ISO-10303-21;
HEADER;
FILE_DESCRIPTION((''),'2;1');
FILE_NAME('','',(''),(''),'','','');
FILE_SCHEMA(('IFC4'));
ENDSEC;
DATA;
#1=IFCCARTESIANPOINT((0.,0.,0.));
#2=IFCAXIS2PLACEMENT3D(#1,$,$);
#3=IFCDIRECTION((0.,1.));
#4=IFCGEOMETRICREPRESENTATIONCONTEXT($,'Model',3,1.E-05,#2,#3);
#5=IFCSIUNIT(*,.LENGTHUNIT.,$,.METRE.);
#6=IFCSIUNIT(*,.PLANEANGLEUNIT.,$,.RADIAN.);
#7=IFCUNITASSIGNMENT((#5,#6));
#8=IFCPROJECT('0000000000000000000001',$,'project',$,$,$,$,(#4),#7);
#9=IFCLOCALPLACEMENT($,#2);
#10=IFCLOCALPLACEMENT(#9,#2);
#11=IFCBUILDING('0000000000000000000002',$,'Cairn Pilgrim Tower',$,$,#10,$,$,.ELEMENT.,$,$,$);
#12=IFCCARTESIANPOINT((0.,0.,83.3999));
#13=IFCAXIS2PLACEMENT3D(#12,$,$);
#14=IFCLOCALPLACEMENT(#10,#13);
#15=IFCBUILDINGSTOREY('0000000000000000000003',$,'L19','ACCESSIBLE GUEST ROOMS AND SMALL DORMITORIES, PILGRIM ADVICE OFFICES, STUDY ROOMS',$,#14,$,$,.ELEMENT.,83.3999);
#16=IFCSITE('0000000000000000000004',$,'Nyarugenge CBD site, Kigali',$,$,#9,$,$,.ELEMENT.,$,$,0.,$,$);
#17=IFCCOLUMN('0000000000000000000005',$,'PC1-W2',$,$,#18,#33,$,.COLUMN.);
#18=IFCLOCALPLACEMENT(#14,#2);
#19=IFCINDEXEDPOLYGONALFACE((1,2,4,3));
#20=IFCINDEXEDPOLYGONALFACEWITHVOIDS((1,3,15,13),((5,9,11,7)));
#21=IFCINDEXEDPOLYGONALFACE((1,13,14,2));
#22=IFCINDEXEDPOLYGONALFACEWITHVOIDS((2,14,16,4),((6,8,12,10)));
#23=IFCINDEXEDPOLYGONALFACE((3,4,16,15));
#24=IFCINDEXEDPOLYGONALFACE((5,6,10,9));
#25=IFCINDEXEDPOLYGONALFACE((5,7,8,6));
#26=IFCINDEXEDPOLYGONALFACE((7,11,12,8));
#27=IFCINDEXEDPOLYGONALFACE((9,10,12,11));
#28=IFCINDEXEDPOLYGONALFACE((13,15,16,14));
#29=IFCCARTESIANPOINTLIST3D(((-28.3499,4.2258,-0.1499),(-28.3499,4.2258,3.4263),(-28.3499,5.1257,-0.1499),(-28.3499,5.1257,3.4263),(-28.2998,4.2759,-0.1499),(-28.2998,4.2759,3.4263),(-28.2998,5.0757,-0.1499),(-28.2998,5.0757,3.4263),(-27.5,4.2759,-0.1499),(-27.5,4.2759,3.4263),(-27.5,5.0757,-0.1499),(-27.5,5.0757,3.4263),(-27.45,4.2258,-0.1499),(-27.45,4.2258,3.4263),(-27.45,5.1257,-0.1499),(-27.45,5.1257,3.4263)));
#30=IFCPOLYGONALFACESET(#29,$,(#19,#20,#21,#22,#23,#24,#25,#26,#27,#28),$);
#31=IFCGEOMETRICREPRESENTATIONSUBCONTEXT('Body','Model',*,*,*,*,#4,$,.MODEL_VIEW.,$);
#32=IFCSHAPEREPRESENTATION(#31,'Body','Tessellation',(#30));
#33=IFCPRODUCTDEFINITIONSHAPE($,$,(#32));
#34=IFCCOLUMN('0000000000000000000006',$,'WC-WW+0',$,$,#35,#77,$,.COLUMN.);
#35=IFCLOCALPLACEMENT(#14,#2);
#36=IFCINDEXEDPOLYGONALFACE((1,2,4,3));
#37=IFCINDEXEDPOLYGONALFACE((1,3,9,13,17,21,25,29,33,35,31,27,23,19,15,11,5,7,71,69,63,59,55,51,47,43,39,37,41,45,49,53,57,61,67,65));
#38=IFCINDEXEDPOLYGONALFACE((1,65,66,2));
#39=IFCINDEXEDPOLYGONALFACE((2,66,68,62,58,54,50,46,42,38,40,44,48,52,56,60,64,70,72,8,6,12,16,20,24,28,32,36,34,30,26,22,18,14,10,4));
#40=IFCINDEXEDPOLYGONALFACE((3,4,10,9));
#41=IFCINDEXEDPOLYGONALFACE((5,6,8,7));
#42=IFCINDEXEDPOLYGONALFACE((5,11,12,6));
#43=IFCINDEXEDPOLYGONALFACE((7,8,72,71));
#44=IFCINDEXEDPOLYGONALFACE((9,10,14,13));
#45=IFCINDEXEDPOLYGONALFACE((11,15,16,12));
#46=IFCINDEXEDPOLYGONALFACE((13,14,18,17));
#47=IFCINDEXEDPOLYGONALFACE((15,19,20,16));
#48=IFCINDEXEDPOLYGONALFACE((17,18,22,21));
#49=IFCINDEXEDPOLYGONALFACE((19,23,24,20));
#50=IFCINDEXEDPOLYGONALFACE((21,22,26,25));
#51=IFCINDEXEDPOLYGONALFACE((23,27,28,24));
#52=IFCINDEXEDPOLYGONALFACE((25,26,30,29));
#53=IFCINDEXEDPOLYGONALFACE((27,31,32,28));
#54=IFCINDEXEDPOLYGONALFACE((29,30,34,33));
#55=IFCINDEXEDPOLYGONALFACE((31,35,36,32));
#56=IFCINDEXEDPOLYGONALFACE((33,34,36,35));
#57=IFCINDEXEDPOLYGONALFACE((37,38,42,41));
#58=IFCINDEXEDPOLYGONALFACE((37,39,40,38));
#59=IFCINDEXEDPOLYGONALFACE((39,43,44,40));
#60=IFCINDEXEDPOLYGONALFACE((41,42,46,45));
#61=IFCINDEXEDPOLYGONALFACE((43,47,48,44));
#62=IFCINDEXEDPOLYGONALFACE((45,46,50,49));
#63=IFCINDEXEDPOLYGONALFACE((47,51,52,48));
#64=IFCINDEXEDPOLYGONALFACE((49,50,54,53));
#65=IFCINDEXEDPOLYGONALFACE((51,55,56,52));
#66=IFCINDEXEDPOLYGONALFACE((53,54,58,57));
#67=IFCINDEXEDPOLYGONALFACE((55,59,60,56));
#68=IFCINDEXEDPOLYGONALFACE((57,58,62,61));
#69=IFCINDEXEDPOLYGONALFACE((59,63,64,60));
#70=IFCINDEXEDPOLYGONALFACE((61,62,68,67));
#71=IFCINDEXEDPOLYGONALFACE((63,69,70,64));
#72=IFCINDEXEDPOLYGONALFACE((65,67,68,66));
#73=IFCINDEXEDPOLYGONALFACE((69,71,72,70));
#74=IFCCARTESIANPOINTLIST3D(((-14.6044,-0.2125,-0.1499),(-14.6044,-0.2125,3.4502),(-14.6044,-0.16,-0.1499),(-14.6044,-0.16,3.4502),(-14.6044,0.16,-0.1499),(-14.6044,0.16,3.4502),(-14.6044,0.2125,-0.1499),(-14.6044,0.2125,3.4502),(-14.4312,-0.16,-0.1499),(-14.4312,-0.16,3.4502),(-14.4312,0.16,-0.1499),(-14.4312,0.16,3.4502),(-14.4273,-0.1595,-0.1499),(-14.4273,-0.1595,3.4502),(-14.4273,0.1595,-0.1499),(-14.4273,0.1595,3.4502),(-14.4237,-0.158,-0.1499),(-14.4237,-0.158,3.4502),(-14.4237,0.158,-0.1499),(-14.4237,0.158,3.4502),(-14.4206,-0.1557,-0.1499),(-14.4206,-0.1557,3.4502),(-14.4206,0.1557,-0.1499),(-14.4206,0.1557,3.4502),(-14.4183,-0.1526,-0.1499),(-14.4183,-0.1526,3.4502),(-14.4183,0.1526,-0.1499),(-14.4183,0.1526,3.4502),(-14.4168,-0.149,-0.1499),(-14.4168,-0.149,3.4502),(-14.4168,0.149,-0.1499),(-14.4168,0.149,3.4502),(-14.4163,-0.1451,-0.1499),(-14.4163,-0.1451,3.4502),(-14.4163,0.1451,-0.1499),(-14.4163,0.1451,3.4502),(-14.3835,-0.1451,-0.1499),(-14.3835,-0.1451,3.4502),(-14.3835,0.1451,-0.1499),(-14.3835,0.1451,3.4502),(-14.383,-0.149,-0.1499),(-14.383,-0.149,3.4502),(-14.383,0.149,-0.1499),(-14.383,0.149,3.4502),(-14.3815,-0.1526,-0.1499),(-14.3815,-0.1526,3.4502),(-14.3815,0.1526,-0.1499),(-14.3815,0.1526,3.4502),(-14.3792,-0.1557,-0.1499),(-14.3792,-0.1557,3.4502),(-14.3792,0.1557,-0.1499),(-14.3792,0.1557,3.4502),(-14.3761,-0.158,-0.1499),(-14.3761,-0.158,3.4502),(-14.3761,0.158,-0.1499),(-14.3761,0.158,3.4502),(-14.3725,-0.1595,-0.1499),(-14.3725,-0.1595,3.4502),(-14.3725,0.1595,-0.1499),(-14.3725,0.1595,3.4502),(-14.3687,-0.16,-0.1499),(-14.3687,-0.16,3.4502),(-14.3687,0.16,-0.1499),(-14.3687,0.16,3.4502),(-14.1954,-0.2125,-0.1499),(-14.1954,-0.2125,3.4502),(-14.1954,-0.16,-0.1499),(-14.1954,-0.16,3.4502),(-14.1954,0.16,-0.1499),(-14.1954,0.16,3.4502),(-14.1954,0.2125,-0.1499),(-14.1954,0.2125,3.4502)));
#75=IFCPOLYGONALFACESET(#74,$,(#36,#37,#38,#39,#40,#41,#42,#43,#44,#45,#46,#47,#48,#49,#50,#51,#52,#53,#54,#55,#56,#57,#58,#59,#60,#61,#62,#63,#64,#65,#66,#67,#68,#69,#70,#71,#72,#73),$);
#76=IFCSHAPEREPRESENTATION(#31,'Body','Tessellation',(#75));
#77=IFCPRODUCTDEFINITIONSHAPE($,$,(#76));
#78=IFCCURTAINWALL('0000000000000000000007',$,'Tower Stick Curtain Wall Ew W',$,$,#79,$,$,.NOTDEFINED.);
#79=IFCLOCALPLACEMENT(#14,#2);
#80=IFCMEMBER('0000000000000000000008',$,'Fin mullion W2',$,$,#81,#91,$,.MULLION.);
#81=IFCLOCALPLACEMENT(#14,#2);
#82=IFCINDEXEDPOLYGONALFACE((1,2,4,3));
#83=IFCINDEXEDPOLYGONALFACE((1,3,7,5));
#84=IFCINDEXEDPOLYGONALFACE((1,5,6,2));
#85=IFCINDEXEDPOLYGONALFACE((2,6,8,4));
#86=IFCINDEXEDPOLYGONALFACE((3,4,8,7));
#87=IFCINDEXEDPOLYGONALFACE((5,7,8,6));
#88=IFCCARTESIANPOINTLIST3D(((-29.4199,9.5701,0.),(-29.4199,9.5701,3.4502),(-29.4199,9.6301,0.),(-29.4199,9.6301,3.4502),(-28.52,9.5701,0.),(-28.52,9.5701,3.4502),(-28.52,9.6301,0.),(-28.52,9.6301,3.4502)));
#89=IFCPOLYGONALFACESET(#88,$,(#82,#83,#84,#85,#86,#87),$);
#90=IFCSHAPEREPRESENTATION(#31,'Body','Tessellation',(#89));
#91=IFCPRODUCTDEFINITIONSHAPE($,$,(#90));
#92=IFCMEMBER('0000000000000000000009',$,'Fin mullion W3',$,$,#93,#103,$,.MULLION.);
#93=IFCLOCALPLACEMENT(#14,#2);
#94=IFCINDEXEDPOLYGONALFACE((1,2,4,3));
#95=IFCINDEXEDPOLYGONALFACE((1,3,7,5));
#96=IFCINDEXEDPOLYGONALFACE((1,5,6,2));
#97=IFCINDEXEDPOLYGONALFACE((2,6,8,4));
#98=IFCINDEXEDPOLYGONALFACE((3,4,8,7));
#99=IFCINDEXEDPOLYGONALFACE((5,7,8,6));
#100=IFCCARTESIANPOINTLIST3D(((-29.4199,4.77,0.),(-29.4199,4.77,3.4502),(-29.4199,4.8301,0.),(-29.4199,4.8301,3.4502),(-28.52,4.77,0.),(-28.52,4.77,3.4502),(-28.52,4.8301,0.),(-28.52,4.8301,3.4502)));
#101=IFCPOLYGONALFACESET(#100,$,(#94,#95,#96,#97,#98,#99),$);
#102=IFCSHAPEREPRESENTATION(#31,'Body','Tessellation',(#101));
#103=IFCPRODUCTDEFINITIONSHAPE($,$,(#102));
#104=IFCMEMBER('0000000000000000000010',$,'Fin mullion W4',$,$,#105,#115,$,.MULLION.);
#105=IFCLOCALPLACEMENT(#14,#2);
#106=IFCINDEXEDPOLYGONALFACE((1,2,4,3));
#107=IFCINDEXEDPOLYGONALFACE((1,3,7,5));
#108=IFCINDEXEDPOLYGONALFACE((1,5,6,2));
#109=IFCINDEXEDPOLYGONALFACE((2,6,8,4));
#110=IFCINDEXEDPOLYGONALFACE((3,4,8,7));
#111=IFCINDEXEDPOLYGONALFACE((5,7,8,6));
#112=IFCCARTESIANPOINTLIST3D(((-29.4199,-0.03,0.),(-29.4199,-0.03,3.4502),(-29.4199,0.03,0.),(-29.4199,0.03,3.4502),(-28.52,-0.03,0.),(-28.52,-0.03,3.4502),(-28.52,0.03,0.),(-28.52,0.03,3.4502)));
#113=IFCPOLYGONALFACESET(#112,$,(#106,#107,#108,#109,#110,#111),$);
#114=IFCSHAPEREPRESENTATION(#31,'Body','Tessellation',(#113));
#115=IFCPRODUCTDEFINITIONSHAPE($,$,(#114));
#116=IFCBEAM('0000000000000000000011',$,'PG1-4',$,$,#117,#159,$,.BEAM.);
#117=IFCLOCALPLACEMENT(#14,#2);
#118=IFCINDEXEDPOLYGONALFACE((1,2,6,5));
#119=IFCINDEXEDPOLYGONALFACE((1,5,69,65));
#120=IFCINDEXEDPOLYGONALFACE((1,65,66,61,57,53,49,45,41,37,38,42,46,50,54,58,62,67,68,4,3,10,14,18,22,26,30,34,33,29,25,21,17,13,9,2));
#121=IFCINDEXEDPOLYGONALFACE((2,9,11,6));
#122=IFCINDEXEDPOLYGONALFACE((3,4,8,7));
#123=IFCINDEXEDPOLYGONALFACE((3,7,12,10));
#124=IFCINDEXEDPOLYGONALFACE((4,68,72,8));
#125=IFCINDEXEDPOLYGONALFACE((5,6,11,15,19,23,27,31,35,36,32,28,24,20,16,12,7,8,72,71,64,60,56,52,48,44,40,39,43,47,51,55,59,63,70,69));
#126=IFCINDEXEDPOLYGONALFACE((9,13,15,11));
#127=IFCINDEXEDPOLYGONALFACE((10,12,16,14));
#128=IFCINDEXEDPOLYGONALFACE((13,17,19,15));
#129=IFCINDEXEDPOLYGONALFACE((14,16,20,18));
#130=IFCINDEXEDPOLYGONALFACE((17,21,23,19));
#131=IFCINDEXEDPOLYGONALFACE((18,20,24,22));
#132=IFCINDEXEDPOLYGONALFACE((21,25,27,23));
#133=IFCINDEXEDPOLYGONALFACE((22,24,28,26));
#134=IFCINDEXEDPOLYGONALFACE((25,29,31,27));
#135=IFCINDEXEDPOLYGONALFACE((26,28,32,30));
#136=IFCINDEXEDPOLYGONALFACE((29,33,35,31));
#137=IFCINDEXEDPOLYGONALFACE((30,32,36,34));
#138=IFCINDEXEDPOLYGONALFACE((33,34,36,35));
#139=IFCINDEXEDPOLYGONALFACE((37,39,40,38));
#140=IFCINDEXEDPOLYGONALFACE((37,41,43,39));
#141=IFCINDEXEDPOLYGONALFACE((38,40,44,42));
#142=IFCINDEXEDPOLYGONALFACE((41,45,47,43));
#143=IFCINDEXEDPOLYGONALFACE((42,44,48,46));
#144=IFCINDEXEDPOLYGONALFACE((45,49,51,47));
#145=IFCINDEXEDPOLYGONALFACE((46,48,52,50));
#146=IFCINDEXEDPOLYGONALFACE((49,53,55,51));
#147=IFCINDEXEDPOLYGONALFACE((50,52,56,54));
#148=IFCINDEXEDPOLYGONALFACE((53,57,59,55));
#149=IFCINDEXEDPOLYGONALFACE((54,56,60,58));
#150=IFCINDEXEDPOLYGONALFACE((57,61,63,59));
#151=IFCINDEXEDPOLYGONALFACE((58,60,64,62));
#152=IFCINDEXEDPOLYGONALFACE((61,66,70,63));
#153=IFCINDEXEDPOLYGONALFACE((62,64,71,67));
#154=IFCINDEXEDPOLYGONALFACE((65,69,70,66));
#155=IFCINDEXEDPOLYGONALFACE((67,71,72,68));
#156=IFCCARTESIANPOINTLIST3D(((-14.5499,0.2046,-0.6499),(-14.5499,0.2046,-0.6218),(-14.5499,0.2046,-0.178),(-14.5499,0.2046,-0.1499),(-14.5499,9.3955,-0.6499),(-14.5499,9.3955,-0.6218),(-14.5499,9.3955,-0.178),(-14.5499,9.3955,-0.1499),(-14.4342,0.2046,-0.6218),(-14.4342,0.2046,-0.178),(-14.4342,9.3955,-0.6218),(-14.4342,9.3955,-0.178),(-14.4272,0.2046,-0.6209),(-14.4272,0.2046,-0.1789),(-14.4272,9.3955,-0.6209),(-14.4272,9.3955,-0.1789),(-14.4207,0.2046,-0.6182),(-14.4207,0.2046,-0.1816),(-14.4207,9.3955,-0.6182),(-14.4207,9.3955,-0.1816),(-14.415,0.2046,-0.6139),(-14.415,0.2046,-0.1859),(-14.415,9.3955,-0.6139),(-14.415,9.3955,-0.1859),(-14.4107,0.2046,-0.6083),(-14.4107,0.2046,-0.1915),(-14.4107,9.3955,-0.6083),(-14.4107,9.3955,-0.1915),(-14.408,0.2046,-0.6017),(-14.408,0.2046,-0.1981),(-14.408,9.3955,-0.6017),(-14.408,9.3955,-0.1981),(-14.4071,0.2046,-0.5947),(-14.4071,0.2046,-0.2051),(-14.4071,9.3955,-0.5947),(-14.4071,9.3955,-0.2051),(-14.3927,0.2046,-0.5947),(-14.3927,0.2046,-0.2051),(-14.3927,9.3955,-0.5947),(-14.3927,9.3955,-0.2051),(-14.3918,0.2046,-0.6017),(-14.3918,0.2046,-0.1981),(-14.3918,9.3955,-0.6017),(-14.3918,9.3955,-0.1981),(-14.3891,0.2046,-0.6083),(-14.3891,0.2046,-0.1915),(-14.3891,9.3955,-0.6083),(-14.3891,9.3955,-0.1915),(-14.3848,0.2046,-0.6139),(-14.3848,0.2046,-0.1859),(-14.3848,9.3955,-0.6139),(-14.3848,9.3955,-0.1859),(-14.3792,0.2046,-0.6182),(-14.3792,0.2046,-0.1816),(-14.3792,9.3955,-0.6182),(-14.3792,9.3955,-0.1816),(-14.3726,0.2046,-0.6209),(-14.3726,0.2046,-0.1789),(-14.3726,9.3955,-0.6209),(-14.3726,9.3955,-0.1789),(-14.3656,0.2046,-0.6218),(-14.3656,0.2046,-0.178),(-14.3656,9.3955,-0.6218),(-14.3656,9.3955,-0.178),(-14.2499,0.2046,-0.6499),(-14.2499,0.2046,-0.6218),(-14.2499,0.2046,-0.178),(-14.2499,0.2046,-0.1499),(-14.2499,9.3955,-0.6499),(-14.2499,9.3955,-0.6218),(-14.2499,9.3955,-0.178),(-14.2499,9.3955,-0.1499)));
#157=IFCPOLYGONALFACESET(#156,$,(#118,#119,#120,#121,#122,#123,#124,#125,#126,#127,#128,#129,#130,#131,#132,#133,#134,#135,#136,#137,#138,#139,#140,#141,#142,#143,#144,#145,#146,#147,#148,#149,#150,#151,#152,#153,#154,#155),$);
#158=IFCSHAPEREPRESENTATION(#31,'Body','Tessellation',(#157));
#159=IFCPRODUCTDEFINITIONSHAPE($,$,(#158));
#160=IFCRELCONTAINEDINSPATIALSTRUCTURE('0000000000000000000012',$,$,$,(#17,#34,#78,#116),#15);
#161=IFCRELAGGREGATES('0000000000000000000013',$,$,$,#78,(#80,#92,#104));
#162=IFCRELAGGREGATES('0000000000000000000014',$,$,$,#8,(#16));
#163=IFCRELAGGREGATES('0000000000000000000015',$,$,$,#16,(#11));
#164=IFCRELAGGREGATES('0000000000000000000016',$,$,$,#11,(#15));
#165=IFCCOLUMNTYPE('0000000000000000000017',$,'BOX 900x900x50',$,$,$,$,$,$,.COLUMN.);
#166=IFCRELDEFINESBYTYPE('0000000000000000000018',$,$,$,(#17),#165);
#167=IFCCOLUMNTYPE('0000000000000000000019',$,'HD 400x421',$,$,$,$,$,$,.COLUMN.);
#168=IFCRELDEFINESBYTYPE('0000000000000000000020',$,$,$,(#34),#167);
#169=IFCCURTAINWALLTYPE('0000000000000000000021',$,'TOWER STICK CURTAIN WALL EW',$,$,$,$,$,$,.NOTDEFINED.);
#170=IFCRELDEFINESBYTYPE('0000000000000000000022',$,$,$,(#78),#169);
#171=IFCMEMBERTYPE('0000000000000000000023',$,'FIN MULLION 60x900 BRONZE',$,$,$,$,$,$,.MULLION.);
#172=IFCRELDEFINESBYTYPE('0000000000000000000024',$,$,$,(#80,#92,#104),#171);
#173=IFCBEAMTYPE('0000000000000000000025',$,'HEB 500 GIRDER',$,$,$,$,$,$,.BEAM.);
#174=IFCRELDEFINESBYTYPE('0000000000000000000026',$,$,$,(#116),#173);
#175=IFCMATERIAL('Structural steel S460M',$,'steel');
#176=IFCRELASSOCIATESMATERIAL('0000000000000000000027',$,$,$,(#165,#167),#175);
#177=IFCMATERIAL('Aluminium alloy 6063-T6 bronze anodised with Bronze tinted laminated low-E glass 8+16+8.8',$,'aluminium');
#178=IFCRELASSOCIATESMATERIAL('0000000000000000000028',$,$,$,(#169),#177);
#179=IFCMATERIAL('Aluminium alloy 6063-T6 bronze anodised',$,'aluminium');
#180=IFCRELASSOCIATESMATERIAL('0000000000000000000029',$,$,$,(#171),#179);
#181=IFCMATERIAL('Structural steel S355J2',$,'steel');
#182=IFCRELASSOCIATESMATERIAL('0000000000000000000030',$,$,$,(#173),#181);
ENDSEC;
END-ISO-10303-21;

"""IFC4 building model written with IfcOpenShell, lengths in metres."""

from ifc_helpers import new_model, si_unit, direction, frame, origin, origin_2d, place, context, subcontext, project, spatial, rectangle, hollow_rectangle, i_section, extrude, clip, halfspace, material, material_profile, profile_set, type_object, element, aggregate, save


model = new_model("IFC4")

# Units and contexts
model_context = context("Model", 3, precision=1e-05, world=origin(), true_north=direction((0.0, 1.0)))
body_context = subcontext(model_context, "Body", "Model", "MODEL_VIEW")
ifc_project = project(units=[si_unit("LENGTHUNIT", "METRE"), si_unit("PLANEANGLEUNIT", "RADIAN")], contexts=[model_context])

# Site, building, storey
site_placement = place(None, origin())
site = spatial("IfcSite", under=ifc_project, at=site_placement, Name="Nyarugenge CBD site, Kigali", CompositionType="ELEMENT", RefElevation=0.0)
building_placement = place(site_placement, origin())
building = spatial("IfcBuilding", under=site, at=building_placement, Name="Cairn Pilgrim Tower", CompositionType="ELEMENT")
storey_placement = place(building_placement, frame((0.0, 0.0, 83.3999)))
storey = spatial("IfcBuildingStorey", under=building, at=storey_placement, Name="L19", Description="ACCESSIBLE GUEST ROOMS AND SMALL DORMITORIES, PILGRIM ADVICE OFFICES, STUDY ROOMS", CompositionType="ELEMENT", Elevation=83.3999)

# Columns
ifc_material_1 = material(Name="Structural steel S460M", Category="steel")
ifc_material_profile_1 = material_profile(ifc_material_1, hollow_rectangle(XDim=0.8999, YDim=0.8999, WallThickness=0.05, at=origin_2d()), Name="BOX 900x900x50")
ifc_profile_set_1 = profile_set([ifc_material_profile_1], Name="Structural steel S460M")
column_type_1 = type_object("IfcColumnType", Name="BOX 900x900x50", PredefinedType="COLUMN", material=ifc_profile_set_1)
column_1_placement = place(storey_placement, frame((-27.8999, 4.6758, -0.1499), z_axis=(0.0, 0.0, 1.0), x_axis=(1.0, 0.0, 0.0)))
element("IfcColumn", 1, at=column_1_placement, inside=storey, type_object=column_type_1, Name="PC1-W2", PredefinedType="COLUMN", context=body_context, shape_type="Clipping", body=[
    clip(extrude(hollow_rectangle(XDim=0.8999, YDim=0.8999, WallThickness=0.05, at=origin_2d()), origin(), (0.0, 0.0, 1.0), 3.6001), halfspace(frame((0.0, 0.0, 3.5762), z_axis=(0.0, 0.0, 1.0), x_axis=(1.0, 0.0, 0.0)), False)),
])
ifc_material_profile_2 = material_profile(ifc_material_1, i_section(OverallWidth=0.4089, OverallDepth=0.425, WebThickness=0.0327, FlangeThickness=0.0525, FilletRadius=0.0149, at=origin_2d()), Name="HD 400x421")
ifc_profile_set_2 = profile_set([ifc_material_profile_2], Name="Structural steel S460M")
column_type_2 = type_object("IfcColumnType", Name="HD 400x421", PredefinedType="COLUMN", material=ifc_profile_set_2)
column_2_placement = place(storey_placement, frame((-14.3999, 0.0, -0.1499), z_axis=(0.0, 0.0, 1.0), x_axis=(1.0, 0.0, 0.0)))
element("IfcColumn", 2, at=column_2_placement, inside=storey, type_object=column_type_2, Name="WC-WW+0", PredefinedType="COLUMN", context=body_context, shape_type="SweptSolid", body=[
    extrude(i_section(OverallWidth=0.4089, OverallDepth=0.425, WebThickness=0.0327, FlangeThickness=0.0525, FilletRadius=0.0149, at=origin_2d()), origin(), (0.0, 0.0, 1.0), 3.6001),
])

# Curtain wall, members
ifc_material_2 = material(Name="Aluminium alloy 6063-T6 bronze anodised with Bronze tinted laminated low-E glass 8+16+8.8", Category="aluminium")
curtain_wall_type = type_object("IfcCurtainWallType", Name="TOWER STICK CURTAIN WALL EW", PredefinedType="NOTDEFINED", material=ifc_material_2)
curtain_wall_placement = place(storey_placement, origin())
curtain_wall = element("IfcCurtainWall", 3, at=curtain_wall_placement, inside=storey, type_object=curtain_wall_type, Name="Tower Stick Curtain Wall Ew W", PredefinedType="NOTDEFINED")
ifc_material_3 = material(Name="Aluminium alloy 6063-T6 bronze anodised", Category="aluminium")
ifc_material_profile_3 = material_profile(ifc_material_3, rectangle(XDim=0.8999, YDim=0.0601, at=origin_2d()), Name="FIN MULLION 60x900 BRONZE")
ifc_profile_set_3 = profile_set([ifc_material_profile_3], Name="Aluminium alloy 6063-T6 bronze anodised")
member_type_1 = type_object("IfcMemberType", Name="FIN MULLION 60x900 BRONZE", PredefinedType="MULLION", material=ifc_profile_set_3)
member_1_placement = place(storey_placement, frame((-28.97, 9.6001, 0.0), z_axis=(0.0, 0.0, 1.0), x_axis=(-1.0, 0.0, 0.0)))
member_1 = element("IfcMember", 4, at=member_1_placement, type_object=member_type_1, Name="Fin mullion W2", PredefinedType="MULLION", context=body_context, shape_type="SweptSolid", body=[
    extrude(rectangle(XDim=0.8999, YDim=0.0601, at=origin_2d()), origin(), (0.0, 0.0, 1.0), 3.4502),
])
member_2_placement = place(storey_placement, frame((-28.97, 4.8, 0.0), z_axis=(0.0, 0.0, 1.0), x_axis=(-1.0, 0.0, 0.0)))
member_2 = element("IfcMember", 5, at=member_2_placement, type_object=member_type_1, Name="Fin mullion W3", PredefinedType="MULLION", context=body_context, shape_type="SweptSolid", body=[
    extrude(rectangle(XDim=0.8999, YDim=0.0601, at=origin_2d()), origin(), (0.0, 0.0, 1.0), 3.4502),
])
member_3_placement = place(storey_placement, frame((-28.97, 0.0, 0.0), z_axis=(0.0, 0.0, 1.0), x_axis=(-1.0, 0.0, 0.0)))
member_3 = element("IfcMember", 6, at=member_3_placement, type_object=member_type_1, Name="Fin mullion W4", PredefinedType="MULLION", context=body_context, shape_type="SweptSolid", body=[
    extrude(rectangle(XDim=0.8999, YDim=0.0601, at=origin_2d()), origin(), (0.0, 0.0, 1.0), 3.4502),
])

# Beam
ifc_material_4 = material(Name="Structural steel S355J2", Category="steel")
ifc_material_profile_4 = material_profile(ifc_material_4, i_section(OverallWidth=0.3, OverallDepth=0.5, WebThickness=0.0144, FlangeThickness=0.0281, FilletRadius=0.0271, at=origin_2d()), Name="HEB 500")
ifc_profile_set_4 = profile_set([ifc_material_profile_4], Name="Structural steel S355J2")
beam_type_1 = type_object("IfcBeamType", Name="HEB 500 GIRDER", PredefinedType="BEAM", material=ifc_profile_set_4)
beam_placement = place(storey_placement, frame((-14.3999, 0.2046, -0.3999), z_axis=(0.0, 1.0, 0.0), x_axis=(-1.0, 0.0, 0.0)))
element("IfcBeam", 7, at=beam_placement, inside=storey, type_object=beam_type_1, Name="PG1-4", PredefinedType="BEAM", context=body_context, shape_type="SweptSolid", body=[
    extrude(i_section(OverallWidth=0.3, OverallDepth=0.5, WebThickness=0.0144, FlangeThickness=0.0281, FilletRadius=0.0271, at=origin_2d()), origin(), (0.0, 0.0, 1.0), 9.1909),
])

aggregate(curtain_wall, [member_1, member_2, member_3])

save(model, "model.ifc")
